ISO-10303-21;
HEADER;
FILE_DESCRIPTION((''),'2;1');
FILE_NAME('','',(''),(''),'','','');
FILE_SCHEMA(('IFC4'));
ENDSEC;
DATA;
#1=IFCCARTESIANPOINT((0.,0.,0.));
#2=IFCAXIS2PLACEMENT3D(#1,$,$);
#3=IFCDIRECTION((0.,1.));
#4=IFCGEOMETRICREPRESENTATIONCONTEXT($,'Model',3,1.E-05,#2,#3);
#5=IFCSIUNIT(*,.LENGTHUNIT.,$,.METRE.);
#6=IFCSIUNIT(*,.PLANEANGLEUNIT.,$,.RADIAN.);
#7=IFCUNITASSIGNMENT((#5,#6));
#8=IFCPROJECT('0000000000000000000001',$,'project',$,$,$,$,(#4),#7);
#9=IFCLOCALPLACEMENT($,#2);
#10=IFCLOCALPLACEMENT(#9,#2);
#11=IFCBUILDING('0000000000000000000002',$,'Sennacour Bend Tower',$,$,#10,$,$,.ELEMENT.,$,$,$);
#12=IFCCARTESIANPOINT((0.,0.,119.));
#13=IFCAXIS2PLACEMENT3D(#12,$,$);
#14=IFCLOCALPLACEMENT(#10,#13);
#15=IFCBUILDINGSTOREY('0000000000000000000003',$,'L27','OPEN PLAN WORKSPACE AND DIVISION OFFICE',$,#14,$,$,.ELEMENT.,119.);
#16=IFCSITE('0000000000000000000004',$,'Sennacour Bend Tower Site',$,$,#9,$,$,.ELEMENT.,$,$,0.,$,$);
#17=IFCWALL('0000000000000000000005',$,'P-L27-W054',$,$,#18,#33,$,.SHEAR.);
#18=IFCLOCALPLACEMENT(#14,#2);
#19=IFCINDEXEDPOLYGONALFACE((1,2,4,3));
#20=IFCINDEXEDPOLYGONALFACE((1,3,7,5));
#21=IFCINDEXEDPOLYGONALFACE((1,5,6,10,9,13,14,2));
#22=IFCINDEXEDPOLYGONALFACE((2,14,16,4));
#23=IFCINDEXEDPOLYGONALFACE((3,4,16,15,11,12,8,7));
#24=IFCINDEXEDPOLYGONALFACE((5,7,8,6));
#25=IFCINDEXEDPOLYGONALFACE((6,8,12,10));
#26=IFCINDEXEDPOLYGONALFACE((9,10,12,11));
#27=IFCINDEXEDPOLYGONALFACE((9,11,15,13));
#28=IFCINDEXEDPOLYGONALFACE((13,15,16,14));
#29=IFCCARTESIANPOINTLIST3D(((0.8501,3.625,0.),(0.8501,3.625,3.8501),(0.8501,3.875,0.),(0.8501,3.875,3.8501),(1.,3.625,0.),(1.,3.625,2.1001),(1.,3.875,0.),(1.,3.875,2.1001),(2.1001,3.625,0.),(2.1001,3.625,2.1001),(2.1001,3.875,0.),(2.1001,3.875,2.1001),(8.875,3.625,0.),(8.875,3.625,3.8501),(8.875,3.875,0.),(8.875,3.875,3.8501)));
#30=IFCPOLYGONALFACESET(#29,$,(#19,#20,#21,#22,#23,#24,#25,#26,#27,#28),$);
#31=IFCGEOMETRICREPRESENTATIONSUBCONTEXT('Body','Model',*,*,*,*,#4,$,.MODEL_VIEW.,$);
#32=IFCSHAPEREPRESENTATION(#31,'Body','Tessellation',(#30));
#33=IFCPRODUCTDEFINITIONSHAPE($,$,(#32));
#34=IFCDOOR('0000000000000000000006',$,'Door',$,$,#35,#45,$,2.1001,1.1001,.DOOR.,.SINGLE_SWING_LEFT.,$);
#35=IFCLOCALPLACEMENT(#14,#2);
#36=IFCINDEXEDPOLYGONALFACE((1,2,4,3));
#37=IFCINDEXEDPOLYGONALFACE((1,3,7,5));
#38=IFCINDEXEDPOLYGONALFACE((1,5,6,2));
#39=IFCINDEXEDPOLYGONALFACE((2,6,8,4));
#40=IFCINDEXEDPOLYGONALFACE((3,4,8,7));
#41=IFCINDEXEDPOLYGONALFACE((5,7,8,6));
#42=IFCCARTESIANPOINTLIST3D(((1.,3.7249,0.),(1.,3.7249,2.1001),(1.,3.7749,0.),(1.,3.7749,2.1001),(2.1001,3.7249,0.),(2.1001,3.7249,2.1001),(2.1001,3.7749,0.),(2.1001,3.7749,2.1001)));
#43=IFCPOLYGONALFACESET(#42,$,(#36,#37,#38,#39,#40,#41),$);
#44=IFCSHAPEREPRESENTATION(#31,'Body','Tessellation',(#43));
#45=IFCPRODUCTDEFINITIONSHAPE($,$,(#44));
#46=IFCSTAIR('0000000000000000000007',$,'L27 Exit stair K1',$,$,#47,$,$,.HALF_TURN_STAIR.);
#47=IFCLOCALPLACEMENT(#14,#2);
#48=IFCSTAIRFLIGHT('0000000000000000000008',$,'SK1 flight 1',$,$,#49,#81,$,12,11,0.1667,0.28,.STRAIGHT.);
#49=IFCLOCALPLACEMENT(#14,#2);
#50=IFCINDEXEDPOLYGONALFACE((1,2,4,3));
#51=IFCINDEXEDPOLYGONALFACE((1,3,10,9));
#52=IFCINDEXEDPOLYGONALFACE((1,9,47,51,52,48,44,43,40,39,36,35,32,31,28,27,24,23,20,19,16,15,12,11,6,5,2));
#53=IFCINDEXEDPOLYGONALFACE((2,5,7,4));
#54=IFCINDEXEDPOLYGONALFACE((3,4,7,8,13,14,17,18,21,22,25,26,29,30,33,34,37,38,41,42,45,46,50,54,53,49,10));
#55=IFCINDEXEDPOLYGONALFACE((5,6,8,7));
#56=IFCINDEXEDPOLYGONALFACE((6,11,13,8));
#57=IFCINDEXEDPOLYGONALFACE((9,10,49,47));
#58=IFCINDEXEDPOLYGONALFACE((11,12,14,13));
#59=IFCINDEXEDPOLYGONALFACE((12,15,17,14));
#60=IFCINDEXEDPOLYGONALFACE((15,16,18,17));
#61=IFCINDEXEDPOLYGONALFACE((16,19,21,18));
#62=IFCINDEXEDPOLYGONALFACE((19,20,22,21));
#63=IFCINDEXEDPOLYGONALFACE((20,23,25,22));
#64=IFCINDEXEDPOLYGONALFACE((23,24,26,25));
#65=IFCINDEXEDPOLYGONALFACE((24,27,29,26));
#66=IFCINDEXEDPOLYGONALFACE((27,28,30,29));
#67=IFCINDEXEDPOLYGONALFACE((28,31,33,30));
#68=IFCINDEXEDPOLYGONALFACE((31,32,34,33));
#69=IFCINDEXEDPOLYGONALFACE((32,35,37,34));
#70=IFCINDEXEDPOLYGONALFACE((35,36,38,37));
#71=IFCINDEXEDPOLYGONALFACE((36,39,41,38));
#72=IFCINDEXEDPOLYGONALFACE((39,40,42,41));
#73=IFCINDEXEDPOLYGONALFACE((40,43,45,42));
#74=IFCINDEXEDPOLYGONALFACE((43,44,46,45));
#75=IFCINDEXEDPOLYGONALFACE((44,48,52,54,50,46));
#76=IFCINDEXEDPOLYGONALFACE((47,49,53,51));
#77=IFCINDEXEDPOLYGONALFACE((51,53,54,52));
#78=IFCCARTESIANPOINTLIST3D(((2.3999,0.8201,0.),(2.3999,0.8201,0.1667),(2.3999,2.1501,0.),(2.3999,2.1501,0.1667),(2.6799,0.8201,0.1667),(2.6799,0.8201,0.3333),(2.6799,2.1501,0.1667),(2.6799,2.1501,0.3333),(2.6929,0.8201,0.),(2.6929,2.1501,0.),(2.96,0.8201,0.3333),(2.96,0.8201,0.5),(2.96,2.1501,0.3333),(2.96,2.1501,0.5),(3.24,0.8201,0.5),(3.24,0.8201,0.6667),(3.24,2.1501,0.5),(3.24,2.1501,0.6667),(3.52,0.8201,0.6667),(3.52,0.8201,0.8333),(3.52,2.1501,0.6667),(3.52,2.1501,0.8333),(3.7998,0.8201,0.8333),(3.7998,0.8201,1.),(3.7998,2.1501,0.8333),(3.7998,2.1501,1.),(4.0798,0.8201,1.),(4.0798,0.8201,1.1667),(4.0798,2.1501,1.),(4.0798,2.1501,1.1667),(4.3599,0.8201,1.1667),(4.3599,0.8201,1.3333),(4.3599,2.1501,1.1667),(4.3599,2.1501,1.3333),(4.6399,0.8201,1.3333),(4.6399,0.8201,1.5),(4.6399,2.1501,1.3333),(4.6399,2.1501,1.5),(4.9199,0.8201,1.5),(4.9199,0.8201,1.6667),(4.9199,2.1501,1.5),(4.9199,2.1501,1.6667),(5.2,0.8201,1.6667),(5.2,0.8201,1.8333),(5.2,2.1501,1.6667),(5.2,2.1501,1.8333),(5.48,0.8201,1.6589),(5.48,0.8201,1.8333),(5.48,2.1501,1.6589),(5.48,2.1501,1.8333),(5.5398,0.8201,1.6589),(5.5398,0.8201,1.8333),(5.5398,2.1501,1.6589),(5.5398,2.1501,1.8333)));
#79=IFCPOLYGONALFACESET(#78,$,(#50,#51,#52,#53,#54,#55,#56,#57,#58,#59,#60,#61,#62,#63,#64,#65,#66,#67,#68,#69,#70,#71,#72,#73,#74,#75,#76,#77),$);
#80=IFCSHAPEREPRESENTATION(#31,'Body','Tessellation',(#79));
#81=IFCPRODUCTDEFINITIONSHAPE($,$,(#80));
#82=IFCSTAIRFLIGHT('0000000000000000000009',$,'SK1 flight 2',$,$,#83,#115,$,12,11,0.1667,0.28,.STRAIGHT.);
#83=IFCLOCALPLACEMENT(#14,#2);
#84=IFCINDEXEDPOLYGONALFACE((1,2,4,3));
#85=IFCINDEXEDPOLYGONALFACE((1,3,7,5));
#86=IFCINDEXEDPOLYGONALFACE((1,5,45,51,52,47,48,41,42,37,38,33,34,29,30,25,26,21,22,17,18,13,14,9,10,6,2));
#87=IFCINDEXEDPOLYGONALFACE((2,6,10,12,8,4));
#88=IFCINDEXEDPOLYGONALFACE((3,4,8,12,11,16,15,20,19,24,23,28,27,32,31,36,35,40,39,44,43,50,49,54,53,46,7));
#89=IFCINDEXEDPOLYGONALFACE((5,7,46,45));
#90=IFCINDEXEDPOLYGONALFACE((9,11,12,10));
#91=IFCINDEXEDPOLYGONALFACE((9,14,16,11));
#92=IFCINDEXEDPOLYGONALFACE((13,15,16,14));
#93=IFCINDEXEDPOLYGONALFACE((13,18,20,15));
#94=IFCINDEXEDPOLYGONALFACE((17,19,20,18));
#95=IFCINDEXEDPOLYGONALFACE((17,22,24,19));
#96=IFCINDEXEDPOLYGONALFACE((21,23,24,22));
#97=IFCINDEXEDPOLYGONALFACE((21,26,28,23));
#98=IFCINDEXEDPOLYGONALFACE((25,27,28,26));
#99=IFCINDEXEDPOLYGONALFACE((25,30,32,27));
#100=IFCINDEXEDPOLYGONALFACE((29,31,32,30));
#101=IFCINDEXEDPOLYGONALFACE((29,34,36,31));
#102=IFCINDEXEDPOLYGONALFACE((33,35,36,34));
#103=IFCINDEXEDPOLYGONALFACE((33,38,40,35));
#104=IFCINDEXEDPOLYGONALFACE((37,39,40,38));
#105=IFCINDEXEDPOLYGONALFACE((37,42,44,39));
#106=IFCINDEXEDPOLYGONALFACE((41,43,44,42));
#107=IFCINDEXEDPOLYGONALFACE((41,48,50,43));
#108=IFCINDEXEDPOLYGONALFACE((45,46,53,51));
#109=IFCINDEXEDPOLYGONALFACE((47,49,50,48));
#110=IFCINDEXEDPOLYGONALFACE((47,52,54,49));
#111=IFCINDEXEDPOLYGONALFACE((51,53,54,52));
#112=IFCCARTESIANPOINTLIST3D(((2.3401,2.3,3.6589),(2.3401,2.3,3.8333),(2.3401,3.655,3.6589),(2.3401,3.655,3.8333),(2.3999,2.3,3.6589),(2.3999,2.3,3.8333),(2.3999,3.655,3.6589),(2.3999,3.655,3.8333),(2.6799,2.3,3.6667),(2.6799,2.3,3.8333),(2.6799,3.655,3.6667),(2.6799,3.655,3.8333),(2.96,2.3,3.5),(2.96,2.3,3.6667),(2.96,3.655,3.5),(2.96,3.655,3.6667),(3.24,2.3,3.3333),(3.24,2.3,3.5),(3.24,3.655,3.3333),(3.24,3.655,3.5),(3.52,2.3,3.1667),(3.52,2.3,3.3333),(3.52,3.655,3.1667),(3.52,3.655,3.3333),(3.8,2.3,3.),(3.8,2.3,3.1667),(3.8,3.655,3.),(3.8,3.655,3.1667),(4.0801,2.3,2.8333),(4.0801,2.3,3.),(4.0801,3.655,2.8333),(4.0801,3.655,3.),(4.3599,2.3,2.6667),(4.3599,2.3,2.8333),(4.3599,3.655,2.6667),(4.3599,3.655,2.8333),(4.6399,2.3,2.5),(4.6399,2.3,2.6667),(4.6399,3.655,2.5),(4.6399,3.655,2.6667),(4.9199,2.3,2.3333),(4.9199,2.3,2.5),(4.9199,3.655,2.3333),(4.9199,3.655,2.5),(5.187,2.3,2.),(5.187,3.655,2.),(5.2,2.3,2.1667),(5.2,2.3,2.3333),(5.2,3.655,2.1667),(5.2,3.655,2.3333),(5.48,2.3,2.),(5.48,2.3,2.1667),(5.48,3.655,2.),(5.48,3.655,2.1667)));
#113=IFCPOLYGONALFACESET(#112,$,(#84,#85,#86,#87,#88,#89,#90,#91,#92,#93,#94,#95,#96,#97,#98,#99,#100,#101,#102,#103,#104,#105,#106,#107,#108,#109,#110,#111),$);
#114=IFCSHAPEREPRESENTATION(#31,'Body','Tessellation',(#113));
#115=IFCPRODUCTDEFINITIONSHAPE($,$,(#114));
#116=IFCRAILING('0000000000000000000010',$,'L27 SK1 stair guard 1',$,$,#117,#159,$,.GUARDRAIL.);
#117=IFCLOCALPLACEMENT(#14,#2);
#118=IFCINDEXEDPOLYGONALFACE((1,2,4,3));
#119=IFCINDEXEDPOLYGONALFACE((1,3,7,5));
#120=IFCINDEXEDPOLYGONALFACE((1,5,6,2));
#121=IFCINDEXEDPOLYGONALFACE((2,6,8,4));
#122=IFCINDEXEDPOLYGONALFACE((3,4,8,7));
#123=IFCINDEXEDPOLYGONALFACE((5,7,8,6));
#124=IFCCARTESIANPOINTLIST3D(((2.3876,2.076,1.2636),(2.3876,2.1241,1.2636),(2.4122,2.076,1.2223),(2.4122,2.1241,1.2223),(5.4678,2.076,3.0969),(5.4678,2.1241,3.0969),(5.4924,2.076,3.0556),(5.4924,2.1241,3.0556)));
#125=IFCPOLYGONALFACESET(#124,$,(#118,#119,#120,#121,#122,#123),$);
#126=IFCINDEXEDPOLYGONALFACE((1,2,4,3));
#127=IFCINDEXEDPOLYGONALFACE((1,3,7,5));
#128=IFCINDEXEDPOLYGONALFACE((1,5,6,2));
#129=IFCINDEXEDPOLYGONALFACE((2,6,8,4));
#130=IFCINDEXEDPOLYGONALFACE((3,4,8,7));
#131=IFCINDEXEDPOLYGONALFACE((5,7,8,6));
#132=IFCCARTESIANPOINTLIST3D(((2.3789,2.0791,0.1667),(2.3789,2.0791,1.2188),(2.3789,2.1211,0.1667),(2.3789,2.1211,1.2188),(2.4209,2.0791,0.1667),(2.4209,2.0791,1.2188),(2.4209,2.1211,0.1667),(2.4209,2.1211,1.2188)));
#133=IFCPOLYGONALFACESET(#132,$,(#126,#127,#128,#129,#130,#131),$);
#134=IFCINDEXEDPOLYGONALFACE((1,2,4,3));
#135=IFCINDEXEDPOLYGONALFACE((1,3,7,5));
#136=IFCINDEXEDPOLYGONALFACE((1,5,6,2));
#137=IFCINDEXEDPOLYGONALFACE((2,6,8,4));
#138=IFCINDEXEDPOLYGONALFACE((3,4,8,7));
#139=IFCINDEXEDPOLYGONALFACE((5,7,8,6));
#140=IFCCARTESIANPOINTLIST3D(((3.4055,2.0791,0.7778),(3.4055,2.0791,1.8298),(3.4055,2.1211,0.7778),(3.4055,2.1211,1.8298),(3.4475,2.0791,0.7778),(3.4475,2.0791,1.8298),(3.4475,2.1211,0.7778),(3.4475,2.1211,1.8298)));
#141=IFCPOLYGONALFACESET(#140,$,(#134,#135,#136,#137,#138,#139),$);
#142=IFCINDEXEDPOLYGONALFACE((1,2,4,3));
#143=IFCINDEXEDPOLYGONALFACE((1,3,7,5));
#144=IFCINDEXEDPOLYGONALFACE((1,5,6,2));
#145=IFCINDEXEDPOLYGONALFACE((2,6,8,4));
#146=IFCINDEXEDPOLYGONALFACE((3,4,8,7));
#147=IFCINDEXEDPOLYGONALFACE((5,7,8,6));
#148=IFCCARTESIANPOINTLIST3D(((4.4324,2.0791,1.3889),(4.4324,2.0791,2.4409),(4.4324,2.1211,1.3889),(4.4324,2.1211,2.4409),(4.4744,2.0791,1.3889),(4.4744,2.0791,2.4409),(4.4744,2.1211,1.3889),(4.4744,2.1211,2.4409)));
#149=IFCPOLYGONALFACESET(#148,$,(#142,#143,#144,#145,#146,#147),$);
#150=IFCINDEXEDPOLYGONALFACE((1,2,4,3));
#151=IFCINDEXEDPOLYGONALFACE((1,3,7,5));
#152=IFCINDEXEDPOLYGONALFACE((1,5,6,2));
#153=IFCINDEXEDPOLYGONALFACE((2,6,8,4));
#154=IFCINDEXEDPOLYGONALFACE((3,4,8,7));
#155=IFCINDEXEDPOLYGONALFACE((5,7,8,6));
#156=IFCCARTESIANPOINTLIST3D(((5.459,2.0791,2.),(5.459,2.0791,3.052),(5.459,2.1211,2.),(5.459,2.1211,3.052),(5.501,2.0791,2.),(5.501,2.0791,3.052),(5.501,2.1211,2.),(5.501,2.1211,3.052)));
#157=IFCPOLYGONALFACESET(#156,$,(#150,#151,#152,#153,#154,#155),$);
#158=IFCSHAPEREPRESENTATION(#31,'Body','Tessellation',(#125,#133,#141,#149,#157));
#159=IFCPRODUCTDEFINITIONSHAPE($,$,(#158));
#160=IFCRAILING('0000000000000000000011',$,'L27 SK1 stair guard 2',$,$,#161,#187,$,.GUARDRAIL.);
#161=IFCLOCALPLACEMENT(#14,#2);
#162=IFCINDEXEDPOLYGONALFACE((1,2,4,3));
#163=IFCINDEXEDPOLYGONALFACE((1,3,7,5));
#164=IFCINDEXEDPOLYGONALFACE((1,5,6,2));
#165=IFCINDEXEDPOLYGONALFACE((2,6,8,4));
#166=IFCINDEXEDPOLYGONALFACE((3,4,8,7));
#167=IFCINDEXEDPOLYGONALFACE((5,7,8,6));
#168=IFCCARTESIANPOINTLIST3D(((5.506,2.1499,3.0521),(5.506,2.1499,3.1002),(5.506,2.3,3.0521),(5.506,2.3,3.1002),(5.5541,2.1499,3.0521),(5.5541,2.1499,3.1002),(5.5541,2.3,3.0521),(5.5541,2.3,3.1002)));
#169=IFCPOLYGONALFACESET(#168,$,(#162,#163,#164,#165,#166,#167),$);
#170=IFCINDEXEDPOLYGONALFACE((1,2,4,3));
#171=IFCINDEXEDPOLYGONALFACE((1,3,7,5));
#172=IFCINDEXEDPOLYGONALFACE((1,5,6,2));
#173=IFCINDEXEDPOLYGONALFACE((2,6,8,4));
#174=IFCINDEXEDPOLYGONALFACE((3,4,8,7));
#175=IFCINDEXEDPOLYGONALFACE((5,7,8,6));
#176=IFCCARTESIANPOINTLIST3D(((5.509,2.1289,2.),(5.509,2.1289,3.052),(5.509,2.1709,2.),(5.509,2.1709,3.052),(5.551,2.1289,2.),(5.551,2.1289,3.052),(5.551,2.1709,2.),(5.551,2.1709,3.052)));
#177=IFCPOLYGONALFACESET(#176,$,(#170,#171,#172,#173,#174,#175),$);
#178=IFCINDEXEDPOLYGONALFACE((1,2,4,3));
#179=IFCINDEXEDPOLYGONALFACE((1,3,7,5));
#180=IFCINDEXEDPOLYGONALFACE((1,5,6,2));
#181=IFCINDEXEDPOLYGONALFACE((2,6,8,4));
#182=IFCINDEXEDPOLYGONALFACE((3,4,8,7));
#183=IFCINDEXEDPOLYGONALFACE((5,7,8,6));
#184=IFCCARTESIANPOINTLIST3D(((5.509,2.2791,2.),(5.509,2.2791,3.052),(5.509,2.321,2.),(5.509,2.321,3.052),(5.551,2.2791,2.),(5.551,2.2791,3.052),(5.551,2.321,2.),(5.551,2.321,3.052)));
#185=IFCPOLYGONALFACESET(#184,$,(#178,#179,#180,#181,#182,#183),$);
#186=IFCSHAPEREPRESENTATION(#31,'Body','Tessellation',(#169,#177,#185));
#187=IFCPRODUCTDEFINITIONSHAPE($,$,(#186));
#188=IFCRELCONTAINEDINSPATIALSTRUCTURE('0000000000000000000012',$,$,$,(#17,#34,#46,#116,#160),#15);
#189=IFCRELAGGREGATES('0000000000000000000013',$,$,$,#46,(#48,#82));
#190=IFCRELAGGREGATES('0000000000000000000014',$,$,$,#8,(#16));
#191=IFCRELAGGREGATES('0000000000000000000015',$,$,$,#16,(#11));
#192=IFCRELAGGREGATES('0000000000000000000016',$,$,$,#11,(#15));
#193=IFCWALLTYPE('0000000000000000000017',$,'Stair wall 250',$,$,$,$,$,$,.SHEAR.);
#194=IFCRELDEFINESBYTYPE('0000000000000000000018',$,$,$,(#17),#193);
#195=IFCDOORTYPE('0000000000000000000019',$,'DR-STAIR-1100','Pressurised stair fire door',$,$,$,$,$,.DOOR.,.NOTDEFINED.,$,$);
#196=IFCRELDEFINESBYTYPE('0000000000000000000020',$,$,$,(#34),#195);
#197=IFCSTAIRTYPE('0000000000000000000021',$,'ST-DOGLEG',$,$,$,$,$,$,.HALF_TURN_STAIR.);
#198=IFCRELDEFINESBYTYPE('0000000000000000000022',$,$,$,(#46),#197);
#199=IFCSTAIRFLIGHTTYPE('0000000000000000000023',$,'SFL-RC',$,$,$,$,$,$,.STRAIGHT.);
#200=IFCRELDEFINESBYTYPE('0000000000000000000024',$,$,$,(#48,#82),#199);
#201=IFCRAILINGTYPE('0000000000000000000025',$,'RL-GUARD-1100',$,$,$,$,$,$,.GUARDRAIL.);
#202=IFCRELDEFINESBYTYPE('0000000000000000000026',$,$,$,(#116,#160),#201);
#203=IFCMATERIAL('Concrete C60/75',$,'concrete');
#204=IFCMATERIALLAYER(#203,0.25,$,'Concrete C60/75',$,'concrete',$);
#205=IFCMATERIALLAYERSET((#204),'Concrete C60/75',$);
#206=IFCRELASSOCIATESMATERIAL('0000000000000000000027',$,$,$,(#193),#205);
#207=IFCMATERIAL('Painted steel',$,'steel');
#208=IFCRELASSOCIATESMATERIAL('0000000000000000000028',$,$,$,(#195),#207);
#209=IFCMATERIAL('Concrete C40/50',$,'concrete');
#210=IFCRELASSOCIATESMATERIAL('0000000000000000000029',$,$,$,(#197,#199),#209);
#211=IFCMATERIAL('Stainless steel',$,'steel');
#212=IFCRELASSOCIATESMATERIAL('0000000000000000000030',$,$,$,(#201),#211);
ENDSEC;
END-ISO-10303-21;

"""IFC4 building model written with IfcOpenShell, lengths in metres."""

from ifc_helpers import new_model, si_unit, direction, frame, frame_2d, origin, origin_2d, place, context, subcontext, project, spatial, polyline, rectangle, outline, extrude, material, layer, layer_set, type_object, element, fill, aggregate, save


model = new_model("IFC4")

# Units and contexts
model_context = context("Model", 3, precision=1e-05, world=origin(), true_north=direction((0.0, 1.0)))
body_context = subcontext(model_context, "Body", "Model", "MODEL_VIEW")
ifc_project = project(units=[si_unit("LENGTHUNIT", "METRE"), si_unit("PLANEANGLEUNIT", "RADIAN")], contexts=[model_context])

# Site, building, storey
site_placement = place(None, origin())
site = spatial("IfcSite", under=ifc_project, at=site_placement, Name="Sennacour Bend Tower Site", CompositionType="ELEMENT", RefElevation=0.0)
building_placement = place(site_placement, origin())
building = spatial("IfcBuilding", under=site, at=building_placement, Name="Sennacour Bend Tower", CompositionType="ELEMENT")
storey_placement = place(building_placement, frame((0.0, 0.0, 119.0)))
storey = spatial("IfcBuildingStorey", under=building, at=storey_placement, Name="L27", Description="OPEN PLAN WORKSPACE AND DIVISION OFFICE", CompositionType="ELEMENT", Elevation=119.0)

# Shared definitions
ifc_material_1 = material(Name="Concrete C60/75", Category="concrete")
ifc_layer_1 = layer(ifc_material_1, 0.25, Name="Concrete C60/75", Category="concrete")
ifc_layer_set_1 = layer_set([ifc_layer_1], Name="Concrete C60/75")
wall_type_1 = type_object("IfcWallType", Name="Stair wall 250", PredefinedType="SHEAR", material=ifc_layer_set_1)

# Wall, opening, door
wall_1_placement = place(storey_placement, frame((0.8501, 3.75, 0.0), z_axis=(0.0, 0.0, 1.0), x_axis=(1.0, 0.0, 0.0)))
wall_1 = element("IfcWall", 1, at=wall_1_placement, inside=storey, type_object=wall_type_1, Name="P-L27-W054", PredefinedType="SHEAR", context=body_context, shape_type="SweptSolid", body=[
    extrude(rectangle(XDim=8.0249, YDim=0.25, at=frame_2d((4.0125, 0.0))), origin(), (0.0, 0.0, 1.0), 3.8501),
])
opening_1_placement = place(wall_1_placement, frame((0.1499, 0.0, 0.0)))
opening_1 = element("IfcOpeningElement", 2, at=opening_1_placement, cuts=wall_1, PredefinedType="OPENING", context=body_context, shape_type="SweptSolid", body=[
    extrude(rectangle(XDim=1.1001, YDim=2.1001, at=frame_2d((0.55, 1.05))), frame((0.0, 0.135, 0.0), z_axis=(0.0, -1.0, 0.0), x_axis=(1.0, 0.0, 0.0)), (0.0, 0.0, 1.0), 0.27),
])
ifc_material_2 = material(Name="Painted steel", Category="steel")
door_type = type_object("IfcDoorType", Name="DR-STAIR-1100", Description="Pressurised stair fire door", OperationType="NOTDEFINED", PredefinedType="DOOR", material=ifc_material_2)
door_placement = place(opening_1_placement, origin())
door = element("IfcDoor", 3, at=door_placement, inside=storey, type_object=door_type, Name="Door", OperationType="SINGLE_SWING_LEFT", OverallHeight=2.1001, OverallWidth=1.1001, PredefinedType="DOOR", context=body_context, shape_type="SweptSolid", body=[
    extrude(rectangle(XDim=1.1001, YDim=2.1001, at=frame_2d((0.55, 1.05))), frame((0.0, 0.0249, 0.0), z_axis=(0.0, -1.0, 0.0), x_axis=(1.0, 0.0, 0.0)), (0.0, 0.0, 1.0), 0.05),
])
fill(opening_1, door)

# Stair, stair flights
ifc_material_3 = material(Name="Concrete C40/50", Category="concrete")
stair_type = type_object("IfcStairType", Name="ST-DOGLEG", PredefinedType="HALF_TURN_STAIR", material=ifc_material_3)
stair_placement = place(storey_placement, origin())
stair = element("IfcStair", 4, at=stair_placement, inside=storey, type_object=stair_type, Name="L27 Exit stair K1", PredefinedType="HALF_TURN_STAIR")
stair_flight_type = type_object("IfcStairFlightType", Name="SFL-RC", PredefinedType="STRAIGHT", material=ifc_material_3)
stair_flight_1_placement = place(storey_placement, frame((2.3999, 1.4851, 0.0), z_axis=(0.0, 0.0, 1.0), x_axis=(1.0, 0.0, 0.0)))
stair_flight_1 = element("IfcStairFlight", 5, at=stair_flight_1_placement, type_object=stair_flight_type, Name="SK1 flight 1", NumberOfRisers=12, NumberOfTreads=11, PredefinedType="STRAIGHT", RiserHeight=0.1667, TreadLength=0.28, context=body_context, shape_type="SweptSolid", body=[
    extrude(outline(polyline([(0.0, 0.0), (0.0, 0.1667), (0.28, 0.1667), (0.28, 0.3333), (0.5601, 0.3333), (0.5601, 0.5), (0.8401, 0.5), (0.8401, 0.6667), (1.1201, 0.6667), (1.1201, 0.8333), (1.3999, 0.8333), (1.3999, 1.0), (1.6799, 1.0), (1.6799, 1.1667), (1.96, 1.1667), (1.96, 1.3333), (2.24, 1.3333), (2.24, 1.5), (2.52, 1.5), (2.52, 1.6667), (2.8, 1.6667), (2.8, 1.8333), (3.0801, 1.8333), (3.1399, 1.8333), (3.1399, 1.6589), (3.0801, 1.6589), (0.293, 0.0), (0.0, 0.0)])), frame((0.0, 0.665, 0.0), z_axis=(0.0, -1.0, 0.0), x_axis=(1.0, 0.0, 0.0)), (0.0, 0.0, 1.0), 1.3301),
])
stair_flight_2_placement = place(storey_placement, frame((5.48, 2.9775, 2.0), z_axis=(0.0, 0.0, 1.0), x_axis=(-1.0, 0.0, 0.0)))
stair_flight_2 = element("IfcStairFlight", 6, at=stair_flight_2_placement, type_object=stair_flight_type, Name="SK1 flight 2", NumberOfRisers=12, NumberOfTreads=11, PredefinedType="STRAIGHT", RiserHeight=0.1667, TreadLength=0.28, context=body_context, shape_type="SweptSolid", body=[
    extrude(outline(polyline([(0.0, 0.0), (0.0, 0.1667), (0.28, 0.1667), (0.28, 0.3333), (0.5601, 0.3333), (0.5601, 0.5), (0.8401, 0.5), (0.8401, 0.6667), (1.1201, 0.6667), (1.1201, 0.8333), (1.3999, 0.8333), (1.3999, 1.0), (1.6799, 1.0), (1.6799, 1.1667), (1.96, 1.1667), (1.96, 1.3333), (2.24, 1.3333), (2.24, 1.5), (2.52, 1.5), (2.52, 1.6667), (2.8, 1.6667), (2.8, 1.8333), (3.0801, 1.8333), (3.1399, 1.8333), (3.1399, 1.6589), (3.0801, 1.6589), (0.293, 0.0), (0.0, 0.0)])), frame((0.0, 0.6775, 0.0), z_axis=(0.0, -1.0, 0.0), x_axis=(1.0, 0.0, 0.0)), (0.0, 0.0, 1.0), 1.355),
])
aggregate(stair, [stair_flight_1, stair_flight_2])

# Railings
ifc_material_4 = material(Name="Stainless steel", Category="steel")
railing_type_1 = type_object("IfcRailingType", Name="RL-GUARD-1100", PredefinedType="GUARDRAIL", material=ifc_material_4)
railing_1_placement = place(storey_placement, frame((2.3999, 2.1001, 0.1667)))
element("IfcRailing", 7, at=railing_1_placement, inside=storey, type_object=railing_type_1, Name="L27 SK1 stair guard 1", PredefinedType="GUARDRAIL", context=body_context, shape_type="SweptSolid", body=[
    extrude(rectangle(XDim=0.0481, YDim=0.0481, at=origin_2d()), frame((0.0, 0.0, 1.0762), z_axis=(0.859309, 0.0, 0.511458), x_axis=(0.0, 1.0, 0.0)), (0.0, 0.0, 1.0), 3.5845),
    extrude(rectangle(XDim=0.042, YDim=0.042, at=origin_2d()), origin(), (0.0, 0.0, 1.0), 1.052),
    extrude(rectangle(XDim=0.042, YDim=0.042, at=origin_2d()), frame((1.0266, 0.0, 0.6111)), (0.0, 0.0, 1.0), 1.052),
    extrude(rectangle(XDim=0.042, YDim=0.042, at=origin_2d()), frame((2.0535, 0.0, 1.2222)), (0.0, 0.0, 1.0), 1.052),
    extrude(rectangle(XDim=0.042, YDim=0.042, at=origin_2d()), frame((3.0801, 0.0, 1.8333)), (0.0, 0.0, 1.0), 1.052),
])
railing_2_placement = place(storey_placement, frame((5.53, 2.1499, 2.0)))
element("IfcRailing", 8, at=railing_2_placement, inside=storey, type_object=railing_type_1, Name="L27 SK1 stair guard 2", PredefinedType="GUARDRAIL", context=body_context, shape_type="SweptSolid", body=[
    extrude(rectangle(XDim=0.0481, YDim=0.0481, at=origin_2d()), frame((0.0, 0.0, 1.0762), z_axis=(0.0, 1.0, 0.0), x_axis=(-1.0, 0.0, 0.0)), (0.0, 0.0, 1.0), 0.1501),
    extrude(rectangle(XDim=0.042, YDim=0.042, at=origin_2d()), origin(), (0.0, 0.0, 1.0), 1.052),
    extrude(rectangle(XDim=0.042, YDim=0.042, at=origin_2d()), frame((0.0, 0.1501, 0.0)), (0.0, 0.0, 1.0), 1.052),
])

save(model, "model.ifc")
